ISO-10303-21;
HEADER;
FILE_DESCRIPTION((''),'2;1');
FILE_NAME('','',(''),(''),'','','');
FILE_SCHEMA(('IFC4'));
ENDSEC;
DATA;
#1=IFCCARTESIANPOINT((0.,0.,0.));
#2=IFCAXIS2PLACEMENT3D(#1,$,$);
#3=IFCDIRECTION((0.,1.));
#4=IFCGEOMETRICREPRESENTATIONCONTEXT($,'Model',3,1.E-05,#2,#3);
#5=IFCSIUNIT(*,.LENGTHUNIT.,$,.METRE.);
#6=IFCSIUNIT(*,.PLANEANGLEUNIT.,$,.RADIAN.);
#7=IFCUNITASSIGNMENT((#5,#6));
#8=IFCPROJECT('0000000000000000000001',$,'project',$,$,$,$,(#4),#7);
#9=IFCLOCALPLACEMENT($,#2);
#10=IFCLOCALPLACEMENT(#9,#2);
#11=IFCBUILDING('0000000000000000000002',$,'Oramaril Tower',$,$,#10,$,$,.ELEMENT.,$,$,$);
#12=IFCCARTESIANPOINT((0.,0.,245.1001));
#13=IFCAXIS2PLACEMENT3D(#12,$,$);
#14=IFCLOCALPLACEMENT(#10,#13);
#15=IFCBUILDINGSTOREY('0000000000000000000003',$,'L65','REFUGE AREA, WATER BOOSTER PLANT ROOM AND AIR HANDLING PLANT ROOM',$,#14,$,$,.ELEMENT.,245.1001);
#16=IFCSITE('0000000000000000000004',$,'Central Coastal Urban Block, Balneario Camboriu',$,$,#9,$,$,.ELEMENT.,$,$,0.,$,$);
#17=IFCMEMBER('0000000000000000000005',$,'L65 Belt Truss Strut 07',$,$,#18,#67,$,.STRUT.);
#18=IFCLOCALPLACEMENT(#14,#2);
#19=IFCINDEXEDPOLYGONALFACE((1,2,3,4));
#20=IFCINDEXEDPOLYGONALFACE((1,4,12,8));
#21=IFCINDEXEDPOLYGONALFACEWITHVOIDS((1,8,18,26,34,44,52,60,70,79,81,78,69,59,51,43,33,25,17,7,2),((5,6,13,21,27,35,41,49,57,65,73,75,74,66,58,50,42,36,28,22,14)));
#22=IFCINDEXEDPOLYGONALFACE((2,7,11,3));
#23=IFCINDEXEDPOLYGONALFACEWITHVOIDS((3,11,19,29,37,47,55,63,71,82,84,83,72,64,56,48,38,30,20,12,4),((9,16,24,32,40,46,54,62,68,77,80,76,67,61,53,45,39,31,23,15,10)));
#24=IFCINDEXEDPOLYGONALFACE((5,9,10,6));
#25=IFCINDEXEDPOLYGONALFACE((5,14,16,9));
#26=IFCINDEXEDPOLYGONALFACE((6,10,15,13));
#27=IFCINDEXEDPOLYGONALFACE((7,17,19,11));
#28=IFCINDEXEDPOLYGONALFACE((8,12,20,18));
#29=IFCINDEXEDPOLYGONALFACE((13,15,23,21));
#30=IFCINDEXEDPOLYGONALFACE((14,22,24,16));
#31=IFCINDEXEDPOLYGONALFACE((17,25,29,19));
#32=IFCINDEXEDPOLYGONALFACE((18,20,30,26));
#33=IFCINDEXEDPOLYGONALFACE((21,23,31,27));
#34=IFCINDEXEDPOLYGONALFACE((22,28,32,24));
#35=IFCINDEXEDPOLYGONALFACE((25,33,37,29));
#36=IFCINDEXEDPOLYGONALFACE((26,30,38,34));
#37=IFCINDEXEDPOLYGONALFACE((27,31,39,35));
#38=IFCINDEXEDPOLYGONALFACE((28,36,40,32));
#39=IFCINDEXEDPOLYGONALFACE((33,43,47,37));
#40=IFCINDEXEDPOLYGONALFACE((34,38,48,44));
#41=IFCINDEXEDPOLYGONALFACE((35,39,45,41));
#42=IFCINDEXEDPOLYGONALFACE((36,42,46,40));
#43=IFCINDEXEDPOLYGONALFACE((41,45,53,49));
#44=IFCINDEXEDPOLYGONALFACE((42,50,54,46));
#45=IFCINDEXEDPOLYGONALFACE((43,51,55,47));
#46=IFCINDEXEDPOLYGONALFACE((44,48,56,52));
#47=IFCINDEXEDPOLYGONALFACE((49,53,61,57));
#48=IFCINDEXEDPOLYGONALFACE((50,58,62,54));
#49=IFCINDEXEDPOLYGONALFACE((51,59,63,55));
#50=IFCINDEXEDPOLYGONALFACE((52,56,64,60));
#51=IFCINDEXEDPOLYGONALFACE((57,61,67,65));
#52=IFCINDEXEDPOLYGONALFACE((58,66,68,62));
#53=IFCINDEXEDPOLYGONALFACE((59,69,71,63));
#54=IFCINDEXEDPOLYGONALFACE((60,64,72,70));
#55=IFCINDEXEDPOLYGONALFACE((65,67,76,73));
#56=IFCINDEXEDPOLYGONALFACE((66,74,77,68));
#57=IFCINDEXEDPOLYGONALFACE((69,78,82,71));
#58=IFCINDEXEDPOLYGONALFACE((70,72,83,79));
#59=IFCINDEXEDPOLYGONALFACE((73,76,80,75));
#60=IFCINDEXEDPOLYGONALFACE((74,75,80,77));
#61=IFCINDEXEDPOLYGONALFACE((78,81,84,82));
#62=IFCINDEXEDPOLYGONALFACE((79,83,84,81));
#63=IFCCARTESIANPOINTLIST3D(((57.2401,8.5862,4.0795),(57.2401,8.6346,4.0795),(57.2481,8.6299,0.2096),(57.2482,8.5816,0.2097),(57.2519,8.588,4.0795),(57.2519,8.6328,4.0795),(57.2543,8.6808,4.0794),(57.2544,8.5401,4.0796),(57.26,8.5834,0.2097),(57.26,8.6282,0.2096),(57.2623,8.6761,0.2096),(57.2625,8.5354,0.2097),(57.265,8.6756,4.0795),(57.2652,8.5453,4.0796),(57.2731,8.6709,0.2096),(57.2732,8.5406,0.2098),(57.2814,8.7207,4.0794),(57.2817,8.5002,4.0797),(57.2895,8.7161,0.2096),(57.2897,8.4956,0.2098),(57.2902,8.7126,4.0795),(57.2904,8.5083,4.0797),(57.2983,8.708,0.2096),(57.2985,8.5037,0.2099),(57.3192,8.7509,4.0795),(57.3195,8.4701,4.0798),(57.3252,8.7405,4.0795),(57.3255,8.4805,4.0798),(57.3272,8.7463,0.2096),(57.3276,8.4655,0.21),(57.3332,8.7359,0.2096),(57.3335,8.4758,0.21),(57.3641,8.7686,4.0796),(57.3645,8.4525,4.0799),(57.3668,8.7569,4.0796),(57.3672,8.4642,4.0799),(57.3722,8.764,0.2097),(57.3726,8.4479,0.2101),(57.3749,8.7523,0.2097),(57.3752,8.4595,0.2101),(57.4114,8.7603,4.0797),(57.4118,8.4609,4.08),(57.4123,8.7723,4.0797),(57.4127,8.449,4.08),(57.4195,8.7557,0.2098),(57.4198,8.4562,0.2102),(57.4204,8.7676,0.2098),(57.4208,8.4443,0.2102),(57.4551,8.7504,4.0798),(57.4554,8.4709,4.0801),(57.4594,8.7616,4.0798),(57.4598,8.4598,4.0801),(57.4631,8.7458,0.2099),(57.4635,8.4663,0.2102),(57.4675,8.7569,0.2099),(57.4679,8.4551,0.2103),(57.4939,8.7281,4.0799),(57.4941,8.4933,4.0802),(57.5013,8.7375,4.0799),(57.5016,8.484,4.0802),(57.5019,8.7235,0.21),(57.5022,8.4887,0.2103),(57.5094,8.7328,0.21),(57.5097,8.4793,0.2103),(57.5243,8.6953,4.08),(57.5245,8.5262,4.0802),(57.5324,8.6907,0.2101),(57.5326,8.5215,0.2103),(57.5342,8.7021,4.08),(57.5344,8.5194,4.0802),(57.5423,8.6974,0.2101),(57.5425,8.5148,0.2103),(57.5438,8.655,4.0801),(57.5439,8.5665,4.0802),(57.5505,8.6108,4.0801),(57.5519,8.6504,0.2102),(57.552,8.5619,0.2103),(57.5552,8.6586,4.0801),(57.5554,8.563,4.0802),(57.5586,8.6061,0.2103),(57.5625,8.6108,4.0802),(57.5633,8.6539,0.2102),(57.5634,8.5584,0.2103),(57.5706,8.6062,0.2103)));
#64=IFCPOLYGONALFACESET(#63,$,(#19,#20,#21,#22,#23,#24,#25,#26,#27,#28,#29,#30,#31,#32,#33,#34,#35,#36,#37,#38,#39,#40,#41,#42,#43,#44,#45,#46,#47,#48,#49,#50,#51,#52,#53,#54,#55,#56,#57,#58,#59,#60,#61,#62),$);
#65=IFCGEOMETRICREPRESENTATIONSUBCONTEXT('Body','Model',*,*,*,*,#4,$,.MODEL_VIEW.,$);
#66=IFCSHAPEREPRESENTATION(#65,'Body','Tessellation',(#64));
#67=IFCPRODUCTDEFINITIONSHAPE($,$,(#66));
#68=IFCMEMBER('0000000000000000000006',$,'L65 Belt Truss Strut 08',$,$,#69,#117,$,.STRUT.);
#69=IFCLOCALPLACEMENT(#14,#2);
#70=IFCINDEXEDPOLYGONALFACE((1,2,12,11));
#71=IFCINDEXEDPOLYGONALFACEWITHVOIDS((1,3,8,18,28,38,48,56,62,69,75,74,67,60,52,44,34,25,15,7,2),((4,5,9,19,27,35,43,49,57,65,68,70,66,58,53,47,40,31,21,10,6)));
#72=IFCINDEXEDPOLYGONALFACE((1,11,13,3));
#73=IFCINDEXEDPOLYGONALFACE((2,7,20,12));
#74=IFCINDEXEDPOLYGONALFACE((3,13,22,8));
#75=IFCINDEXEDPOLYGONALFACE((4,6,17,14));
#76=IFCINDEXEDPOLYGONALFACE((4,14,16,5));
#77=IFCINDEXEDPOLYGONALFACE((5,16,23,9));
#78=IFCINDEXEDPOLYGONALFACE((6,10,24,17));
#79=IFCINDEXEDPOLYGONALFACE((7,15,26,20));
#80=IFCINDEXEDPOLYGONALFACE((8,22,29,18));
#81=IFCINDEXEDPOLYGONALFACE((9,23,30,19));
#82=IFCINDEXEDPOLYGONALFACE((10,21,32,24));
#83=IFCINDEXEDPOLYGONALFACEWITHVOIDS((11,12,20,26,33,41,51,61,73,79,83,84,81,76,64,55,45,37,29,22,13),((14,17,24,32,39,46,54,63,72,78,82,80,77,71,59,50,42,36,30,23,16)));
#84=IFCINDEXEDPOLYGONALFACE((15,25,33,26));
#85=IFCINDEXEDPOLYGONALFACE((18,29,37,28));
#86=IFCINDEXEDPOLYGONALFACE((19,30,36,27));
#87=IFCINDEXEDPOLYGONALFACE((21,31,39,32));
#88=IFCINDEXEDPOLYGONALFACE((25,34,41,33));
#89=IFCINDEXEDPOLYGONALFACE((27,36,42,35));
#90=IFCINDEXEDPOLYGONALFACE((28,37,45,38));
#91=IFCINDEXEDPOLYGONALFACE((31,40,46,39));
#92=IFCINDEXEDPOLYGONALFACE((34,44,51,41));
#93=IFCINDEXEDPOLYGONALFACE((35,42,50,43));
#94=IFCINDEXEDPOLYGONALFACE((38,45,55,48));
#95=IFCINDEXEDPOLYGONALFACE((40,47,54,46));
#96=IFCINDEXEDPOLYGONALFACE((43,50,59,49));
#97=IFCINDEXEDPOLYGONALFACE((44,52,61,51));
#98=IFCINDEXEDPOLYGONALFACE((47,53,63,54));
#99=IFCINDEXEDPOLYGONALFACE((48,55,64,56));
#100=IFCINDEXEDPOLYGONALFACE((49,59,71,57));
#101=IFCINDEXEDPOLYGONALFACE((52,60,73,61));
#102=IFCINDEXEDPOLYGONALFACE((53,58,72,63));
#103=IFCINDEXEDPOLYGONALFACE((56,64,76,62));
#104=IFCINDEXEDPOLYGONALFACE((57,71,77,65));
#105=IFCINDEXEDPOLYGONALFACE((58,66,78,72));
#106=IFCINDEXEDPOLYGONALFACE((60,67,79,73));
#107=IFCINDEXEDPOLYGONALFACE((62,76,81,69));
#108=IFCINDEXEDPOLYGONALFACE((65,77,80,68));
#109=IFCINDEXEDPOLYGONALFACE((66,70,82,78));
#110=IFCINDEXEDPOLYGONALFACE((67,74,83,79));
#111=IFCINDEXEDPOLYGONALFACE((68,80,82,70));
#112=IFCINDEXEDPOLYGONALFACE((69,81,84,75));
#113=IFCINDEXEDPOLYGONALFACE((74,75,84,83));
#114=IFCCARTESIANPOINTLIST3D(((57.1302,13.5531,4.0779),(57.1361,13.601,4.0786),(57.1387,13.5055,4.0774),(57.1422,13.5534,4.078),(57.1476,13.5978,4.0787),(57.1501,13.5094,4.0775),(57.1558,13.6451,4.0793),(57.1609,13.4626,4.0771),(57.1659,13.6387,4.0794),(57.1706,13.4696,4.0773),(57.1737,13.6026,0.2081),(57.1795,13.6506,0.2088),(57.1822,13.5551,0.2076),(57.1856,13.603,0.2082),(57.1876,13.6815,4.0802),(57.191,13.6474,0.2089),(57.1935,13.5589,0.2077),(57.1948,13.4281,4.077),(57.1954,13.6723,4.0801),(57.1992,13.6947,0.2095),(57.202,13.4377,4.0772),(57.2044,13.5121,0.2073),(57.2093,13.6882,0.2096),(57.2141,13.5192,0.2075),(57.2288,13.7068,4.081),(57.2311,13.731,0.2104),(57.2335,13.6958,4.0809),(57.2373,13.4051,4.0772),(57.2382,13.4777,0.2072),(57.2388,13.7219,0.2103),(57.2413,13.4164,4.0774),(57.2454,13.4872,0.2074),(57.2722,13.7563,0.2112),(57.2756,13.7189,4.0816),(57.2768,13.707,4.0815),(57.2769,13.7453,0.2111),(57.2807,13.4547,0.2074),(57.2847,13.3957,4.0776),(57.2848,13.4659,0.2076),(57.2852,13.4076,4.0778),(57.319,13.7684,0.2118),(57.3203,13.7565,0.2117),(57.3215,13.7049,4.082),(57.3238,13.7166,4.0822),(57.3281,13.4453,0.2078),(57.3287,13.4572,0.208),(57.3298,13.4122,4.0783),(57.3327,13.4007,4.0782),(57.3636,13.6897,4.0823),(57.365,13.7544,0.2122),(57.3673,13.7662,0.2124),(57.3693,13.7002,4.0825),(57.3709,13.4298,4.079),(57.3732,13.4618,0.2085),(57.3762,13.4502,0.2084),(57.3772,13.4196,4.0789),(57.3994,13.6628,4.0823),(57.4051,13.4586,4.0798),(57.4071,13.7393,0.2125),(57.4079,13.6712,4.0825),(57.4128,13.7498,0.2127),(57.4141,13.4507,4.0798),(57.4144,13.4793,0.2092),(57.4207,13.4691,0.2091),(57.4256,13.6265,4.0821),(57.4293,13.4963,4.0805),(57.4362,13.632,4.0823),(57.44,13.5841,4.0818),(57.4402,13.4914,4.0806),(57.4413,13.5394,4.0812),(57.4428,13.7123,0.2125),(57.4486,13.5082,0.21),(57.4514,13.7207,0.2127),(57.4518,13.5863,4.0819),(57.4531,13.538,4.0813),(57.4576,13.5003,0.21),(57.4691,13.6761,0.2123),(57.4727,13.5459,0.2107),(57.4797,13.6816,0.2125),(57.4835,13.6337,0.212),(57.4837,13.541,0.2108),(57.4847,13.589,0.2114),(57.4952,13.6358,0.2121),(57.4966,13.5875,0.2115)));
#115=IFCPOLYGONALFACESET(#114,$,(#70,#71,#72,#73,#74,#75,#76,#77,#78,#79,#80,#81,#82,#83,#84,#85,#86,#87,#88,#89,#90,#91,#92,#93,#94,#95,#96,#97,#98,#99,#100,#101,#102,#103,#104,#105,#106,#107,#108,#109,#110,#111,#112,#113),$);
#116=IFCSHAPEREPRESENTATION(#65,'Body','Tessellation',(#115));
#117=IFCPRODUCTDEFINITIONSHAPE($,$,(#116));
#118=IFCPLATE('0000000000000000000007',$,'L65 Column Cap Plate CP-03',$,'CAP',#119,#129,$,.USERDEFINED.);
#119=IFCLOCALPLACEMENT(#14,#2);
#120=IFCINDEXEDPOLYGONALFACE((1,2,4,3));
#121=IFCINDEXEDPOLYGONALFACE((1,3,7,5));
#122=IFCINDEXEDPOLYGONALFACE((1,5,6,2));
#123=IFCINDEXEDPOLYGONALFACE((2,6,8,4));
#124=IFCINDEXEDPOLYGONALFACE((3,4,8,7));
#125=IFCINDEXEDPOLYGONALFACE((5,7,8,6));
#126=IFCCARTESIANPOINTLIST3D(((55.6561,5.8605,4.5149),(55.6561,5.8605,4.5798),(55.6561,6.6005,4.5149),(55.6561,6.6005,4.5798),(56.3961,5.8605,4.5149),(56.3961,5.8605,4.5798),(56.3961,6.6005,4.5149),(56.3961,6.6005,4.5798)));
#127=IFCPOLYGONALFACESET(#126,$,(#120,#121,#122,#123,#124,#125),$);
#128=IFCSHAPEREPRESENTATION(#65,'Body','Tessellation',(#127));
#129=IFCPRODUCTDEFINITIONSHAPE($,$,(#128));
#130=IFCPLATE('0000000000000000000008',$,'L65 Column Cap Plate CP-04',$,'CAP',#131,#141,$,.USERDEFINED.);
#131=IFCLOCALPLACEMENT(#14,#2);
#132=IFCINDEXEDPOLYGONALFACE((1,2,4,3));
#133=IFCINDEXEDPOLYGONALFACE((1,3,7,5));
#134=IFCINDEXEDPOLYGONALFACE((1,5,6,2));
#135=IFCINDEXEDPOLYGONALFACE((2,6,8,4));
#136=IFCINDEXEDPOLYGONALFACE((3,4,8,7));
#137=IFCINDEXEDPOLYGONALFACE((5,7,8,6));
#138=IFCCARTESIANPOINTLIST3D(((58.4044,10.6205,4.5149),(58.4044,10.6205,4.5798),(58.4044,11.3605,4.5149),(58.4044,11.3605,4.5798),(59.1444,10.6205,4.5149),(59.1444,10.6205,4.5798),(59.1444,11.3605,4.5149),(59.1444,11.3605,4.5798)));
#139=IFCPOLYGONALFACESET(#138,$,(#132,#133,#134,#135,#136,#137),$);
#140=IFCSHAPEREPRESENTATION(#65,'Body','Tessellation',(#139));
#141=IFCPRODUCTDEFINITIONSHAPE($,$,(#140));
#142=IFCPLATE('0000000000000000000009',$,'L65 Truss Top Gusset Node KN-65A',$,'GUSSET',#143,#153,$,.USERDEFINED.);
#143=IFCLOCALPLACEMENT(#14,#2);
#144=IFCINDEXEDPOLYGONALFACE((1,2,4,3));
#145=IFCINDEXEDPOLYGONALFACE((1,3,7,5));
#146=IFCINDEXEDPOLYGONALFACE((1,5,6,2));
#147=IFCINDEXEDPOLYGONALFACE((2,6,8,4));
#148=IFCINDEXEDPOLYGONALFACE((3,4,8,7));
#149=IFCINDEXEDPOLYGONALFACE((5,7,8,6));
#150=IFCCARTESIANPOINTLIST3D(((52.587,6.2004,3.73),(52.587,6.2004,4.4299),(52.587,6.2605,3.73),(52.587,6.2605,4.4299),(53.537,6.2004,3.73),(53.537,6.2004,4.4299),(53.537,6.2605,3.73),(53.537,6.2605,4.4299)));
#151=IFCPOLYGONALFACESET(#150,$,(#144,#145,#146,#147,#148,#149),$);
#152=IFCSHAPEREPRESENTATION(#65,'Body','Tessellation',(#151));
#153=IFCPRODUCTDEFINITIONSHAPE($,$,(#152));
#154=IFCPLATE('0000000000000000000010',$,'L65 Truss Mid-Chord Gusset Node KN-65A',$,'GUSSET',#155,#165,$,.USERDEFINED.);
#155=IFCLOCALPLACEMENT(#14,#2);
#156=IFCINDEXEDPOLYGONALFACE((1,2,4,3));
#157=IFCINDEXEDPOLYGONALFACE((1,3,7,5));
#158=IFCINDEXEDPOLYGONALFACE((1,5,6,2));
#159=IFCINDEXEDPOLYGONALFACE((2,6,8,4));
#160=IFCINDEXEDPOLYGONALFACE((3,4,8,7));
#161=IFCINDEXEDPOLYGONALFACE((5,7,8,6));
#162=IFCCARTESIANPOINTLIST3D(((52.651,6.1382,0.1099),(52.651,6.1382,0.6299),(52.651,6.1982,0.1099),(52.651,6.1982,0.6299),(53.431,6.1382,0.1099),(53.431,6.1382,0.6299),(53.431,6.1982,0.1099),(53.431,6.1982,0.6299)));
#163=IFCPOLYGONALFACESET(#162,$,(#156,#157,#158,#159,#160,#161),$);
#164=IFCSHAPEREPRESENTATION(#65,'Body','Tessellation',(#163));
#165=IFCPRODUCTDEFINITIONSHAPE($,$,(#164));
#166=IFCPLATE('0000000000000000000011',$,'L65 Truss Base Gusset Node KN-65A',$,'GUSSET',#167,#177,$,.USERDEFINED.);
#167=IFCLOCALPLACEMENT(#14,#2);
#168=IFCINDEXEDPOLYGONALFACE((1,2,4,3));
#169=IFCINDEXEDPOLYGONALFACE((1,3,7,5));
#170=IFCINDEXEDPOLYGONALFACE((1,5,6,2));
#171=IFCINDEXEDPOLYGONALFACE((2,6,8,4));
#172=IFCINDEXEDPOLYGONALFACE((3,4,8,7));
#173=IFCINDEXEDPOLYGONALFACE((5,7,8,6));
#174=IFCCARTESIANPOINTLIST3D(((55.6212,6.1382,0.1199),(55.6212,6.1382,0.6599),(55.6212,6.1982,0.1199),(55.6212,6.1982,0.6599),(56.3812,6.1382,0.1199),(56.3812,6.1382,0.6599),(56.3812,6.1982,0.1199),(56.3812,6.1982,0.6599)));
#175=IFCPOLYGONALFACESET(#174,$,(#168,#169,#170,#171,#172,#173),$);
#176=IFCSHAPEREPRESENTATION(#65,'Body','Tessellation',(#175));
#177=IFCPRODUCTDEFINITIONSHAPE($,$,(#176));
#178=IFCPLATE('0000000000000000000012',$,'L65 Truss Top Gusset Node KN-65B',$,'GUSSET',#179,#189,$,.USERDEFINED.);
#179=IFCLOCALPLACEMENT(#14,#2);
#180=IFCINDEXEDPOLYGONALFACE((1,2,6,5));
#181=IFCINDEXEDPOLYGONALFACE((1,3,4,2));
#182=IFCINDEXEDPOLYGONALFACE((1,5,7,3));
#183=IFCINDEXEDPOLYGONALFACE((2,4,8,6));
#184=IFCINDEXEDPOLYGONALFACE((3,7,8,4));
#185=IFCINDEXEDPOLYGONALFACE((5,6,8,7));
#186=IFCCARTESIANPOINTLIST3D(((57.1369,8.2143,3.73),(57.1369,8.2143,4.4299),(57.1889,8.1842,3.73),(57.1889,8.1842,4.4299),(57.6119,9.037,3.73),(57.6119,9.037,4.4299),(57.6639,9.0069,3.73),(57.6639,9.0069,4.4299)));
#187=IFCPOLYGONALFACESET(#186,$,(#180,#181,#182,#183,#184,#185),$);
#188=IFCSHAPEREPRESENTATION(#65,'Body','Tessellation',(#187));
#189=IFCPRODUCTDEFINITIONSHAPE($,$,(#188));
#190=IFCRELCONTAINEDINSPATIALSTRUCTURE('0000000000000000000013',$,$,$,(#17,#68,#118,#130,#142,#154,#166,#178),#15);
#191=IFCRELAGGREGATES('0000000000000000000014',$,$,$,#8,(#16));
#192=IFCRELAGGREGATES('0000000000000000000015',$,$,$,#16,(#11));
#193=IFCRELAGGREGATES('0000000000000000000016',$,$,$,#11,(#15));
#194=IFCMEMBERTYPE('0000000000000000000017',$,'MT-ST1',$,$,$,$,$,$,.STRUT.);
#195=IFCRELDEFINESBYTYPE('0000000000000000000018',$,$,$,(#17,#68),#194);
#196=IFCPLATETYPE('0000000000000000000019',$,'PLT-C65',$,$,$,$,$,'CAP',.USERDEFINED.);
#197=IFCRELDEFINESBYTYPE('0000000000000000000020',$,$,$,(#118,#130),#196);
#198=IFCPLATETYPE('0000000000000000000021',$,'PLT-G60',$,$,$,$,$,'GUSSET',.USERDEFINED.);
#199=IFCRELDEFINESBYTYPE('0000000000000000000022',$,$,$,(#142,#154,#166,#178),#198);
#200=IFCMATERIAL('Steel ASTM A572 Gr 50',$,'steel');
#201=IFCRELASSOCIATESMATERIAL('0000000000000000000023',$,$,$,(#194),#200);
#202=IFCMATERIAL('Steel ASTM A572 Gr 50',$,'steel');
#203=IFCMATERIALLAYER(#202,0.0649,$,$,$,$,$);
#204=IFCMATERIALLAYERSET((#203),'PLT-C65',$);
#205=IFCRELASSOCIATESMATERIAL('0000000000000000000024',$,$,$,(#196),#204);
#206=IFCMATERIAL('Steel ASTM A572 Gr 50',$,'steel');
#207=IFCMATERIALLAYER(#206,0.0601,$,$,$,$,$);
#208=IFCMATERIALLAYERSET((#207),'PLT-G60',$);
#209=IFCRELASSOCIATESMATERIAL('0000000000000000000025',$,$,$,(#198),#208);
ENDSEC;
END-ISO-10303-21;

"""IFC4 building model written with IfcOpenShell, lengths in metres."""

from ifc_helpers import new_model, si_unit, direction, frame, origin, origin_2d, place, context, subcontext, project, spatial, rectangle, hollow_circle, extrude, material, layer, layer_set, material_profile, profile_set, type_object, element, save


model = new_model("IFC4")

# Units and contexts
model_context = context("Model", 3, precision=1e-05, world=origin(), true_north=direction((0.0, 1.0)))
body_context = subcontext(model_context, "Body", "Model", "MODEL_VIEW")
ifc_project = project(units=[si_unit("LENGTHUNIT", "METRE"), si_unit("PLANEANGLEUNIT", "RADIAN")], contexts=[model_context])

# Site, building, storey
site_placement = place(None, origin())
site = spatial("IfcSite", under=ifc_project, at=site_placement, Name="Central Coastal Urban Block, Balneario Camboriu", CompositionType="ELEMENT", RefElevation=0.0)
building_placement = place(site_placement, origin())
building = spatial("IfcBuilding", under=site, at=building_placement, Name="Oramaril Tower", CompositionType="ELEMENT")
storey_placement = place(building_placement, frame((0.0, 0.0, 245.1001)))
storey = spatial("IfcBuildingStorey", under=building, at=storey_placement, Name="L65", Description="REFUGE AREA, WATER BOOSTER PLANT ROOM AND AIR HANDLING PLANT ROOM", CompositionType="ELEMENT", Elevation=245.1001)

# Members
ifc_material_1 = material(Name="Steel ASTM A572 Gr 50", Category="steel")
ifc_material_profile_1 = material_profile(ifc_material_1, hollow_circle(Radius=0.1621, WallThickness=0.012, at=origin_2d()), Name="CHS324X12")
ifc_profile_set_1 = profile_set([ifc_material_profile_1], Name="Steel ASTM A572 Gr 50")
member_type_1 = type_object("IfcMemberType", Name="MT-ST1", PredefinedType="STRUT", material=ifc_profile_set_1)
member_1_placement = place(storey_placement, frame((57.4084, 8.606, 0.21), z_axis=(-0.002082, 0.001199, 0.999997), x_axis=(-0.498964, -0.866622, 0.0)))
element("IfcMember", 1, at=member_1_placement, inside=storey, type_object=member_type_1, Name="L65 Belt Truss Strut 07", PredefinedType="STRUT", context=body_context, shape_type="SweptSolid", body=[
    extrude(hollow_circle(Radius=0.1621, WallThickness=0.012, at=origin_2d()), origin(), (0.0, 0.0, 1.0), 3.8699),
])
member_2_placement = place(storey_placement, frame((57.3357, 13.6072, 0.21), z_axis=(-0.011228, -0.012805, 0.999855), x_axis=(0.751888, -0.659291, 0.0)))
element("IfcMember", 2, at=member_2_placement, inside=storey, type_object=member_type_1, Name="L65 Belt Truss Strut 08", PredefinedType="STRUT", context=body_context, shape_type="SweptSolid", body=[
    extrude(hollow_circle(Radius=0.1621, WallThickness=0.012, at=origin_2d()), origin(), (0.0, 0.0, 1.0), 3.8704),
])

# Plates
ifc_material_2 = material(Name="Steel ASTM A572 Gr 50", Category="steel")
ifc_layer_1 = layer(ifc_material_2, 0.0649)
ifc_layer_set_1 = layer_set([ifc_layer_1], Name="PLT-C65")
plate_type_1 = type_object("IfcPlateType", Name="PLT-C65", ElementType="CAP", PredefinedType="USERDEFINED", material=ifc_layer_set_1)
for number, where, z_axis, x_axis, name in (
    (3, (56.0261, 6.2305, 4.5149), (0.0, 0.0, 1.0), (1.0, 0.0, 0.0), "L65 Column Cap Plate CP-03"),
    (4, (58.7744, 10.9905, 4.5149), (0.0, 0.0, 1.0), (1.0, 0.0, 0.0), "L65 Column Cap Plate CP-04"),
):
    element("IfcPlate", number, at=place(storey_placement, frame(where, z_axis=z_axis, x_axis=x_axis)), inside=storey, type_object=plate_type_1, Name=name, ObjectType="CAP", PredefinedType="USERDEFINED", context=body_context, shape_type="SweptSolid", body=[
        extrude(rectangle(XDim=0.74, YDim=0.74, at=origin_2d()), origin(), (0.0, 0.0, 1.0), 0.0649),
    ])
ifc_material_3 = material(Name="Steel ASTM A572 Gr 50", Category="steel")
ifc_layer_2 = layer(ifc_material_3, 0.0601)
ifc_layer_set_2 = layer_set([ifc_layer_2], Name="PLT-G60")
plate_type_2 = type_object("IfcPlateType", Name="PLT-G60", ElementType="GUSSET", PredefinedType="USERDEFINED", material=ifc_layer_set_2)
plate_1_placement = place(storey_placement, frame((53.062, 6.2305, 3.73), z_axis=(0.0, 0.0, 1.0), x_axis=(1.0, 0.0, 0.0)))
element("IfcPlate", 5, at=plate_1_placement, inside=storey, type_object=plate_type_2, Name="L65 Truss Top Gusset Node KN-65A", ObjectType="GUSSET", PredefinedType="USERDEFINED", context=body_context, shape_type="SweptSolid", body=[
    extrude(rectangle(XDim=0.95, YDim=0.0601, at=origin_2d()), origin(), (0.0, 0.0, 1.0), 0.7),
])
plate_2_placement = place(storey_placement, frame((53.041, 6.1682, 0.1099), z_axis=(0.0, 0.0, 1.0), x_axis=(1.0, 0.0, 0.0)))
element("IfcPlate", 6, at=plate_2_placement, inside=storey, type_object=plate_type_2, Name="L65 Truss Mid-Chord Gusset Node KN-65A", ObjectType="GUSSET", PredefinedType="USERDEFINED", context=body_context, shape_type="SweptSolid", body=[
    extrude(rectangle(XDim=0.78, YDim=0.0601, at=origin_2d()), origin(), (0.0, 0.0, 1.0), 0.52),
])
plate_3_placement = place(storey_placement, frame((56.0012, 6.1682, 0.1199), z_axis=(0.0, 0.0, 1.0), x_axis=(1.0, 0.0, 0.0)))
element("IfcPlate", 7, at=plate_3_placement, inside=storey, type_object=plate_type_2, Name="L65 Truss Base Gusset Node KN-65A", ObjectType="GUSSET", PredefinedType="USERDEFINED", context=body_context, shape_type="SweptSolid", body=[
    extrude(rectangle(XDim=0.76, YDim=0.0601, at=origin_2d()), origin(), (0.0, 0.0, 1.0), 0.54),
])
plate_4_placement = place(storey_placement, frame((57.4004, 8.6106, 3.73), z_axis=(0.0, 0.0, 1.0), x_axis=(0.499992, 0.86603, 0.0)))
element("IfcPlate", 8, at=plate_4_placement, inside=storey, type_object=plate_type_2, Name="L65 Truss Top Gusset Node KN-65B", ObjectType="GUSSET", PredefinedType="USERDEFINED", context=body_context, shape_type="SweptSolid", body=[
    extrude(rectangle(XDim=0.95, YDim=0.0601, at=origin_2d()), origin(), (0.0, 0.0, 1.0), 0.7),
])

save(model, "model.ifc")
